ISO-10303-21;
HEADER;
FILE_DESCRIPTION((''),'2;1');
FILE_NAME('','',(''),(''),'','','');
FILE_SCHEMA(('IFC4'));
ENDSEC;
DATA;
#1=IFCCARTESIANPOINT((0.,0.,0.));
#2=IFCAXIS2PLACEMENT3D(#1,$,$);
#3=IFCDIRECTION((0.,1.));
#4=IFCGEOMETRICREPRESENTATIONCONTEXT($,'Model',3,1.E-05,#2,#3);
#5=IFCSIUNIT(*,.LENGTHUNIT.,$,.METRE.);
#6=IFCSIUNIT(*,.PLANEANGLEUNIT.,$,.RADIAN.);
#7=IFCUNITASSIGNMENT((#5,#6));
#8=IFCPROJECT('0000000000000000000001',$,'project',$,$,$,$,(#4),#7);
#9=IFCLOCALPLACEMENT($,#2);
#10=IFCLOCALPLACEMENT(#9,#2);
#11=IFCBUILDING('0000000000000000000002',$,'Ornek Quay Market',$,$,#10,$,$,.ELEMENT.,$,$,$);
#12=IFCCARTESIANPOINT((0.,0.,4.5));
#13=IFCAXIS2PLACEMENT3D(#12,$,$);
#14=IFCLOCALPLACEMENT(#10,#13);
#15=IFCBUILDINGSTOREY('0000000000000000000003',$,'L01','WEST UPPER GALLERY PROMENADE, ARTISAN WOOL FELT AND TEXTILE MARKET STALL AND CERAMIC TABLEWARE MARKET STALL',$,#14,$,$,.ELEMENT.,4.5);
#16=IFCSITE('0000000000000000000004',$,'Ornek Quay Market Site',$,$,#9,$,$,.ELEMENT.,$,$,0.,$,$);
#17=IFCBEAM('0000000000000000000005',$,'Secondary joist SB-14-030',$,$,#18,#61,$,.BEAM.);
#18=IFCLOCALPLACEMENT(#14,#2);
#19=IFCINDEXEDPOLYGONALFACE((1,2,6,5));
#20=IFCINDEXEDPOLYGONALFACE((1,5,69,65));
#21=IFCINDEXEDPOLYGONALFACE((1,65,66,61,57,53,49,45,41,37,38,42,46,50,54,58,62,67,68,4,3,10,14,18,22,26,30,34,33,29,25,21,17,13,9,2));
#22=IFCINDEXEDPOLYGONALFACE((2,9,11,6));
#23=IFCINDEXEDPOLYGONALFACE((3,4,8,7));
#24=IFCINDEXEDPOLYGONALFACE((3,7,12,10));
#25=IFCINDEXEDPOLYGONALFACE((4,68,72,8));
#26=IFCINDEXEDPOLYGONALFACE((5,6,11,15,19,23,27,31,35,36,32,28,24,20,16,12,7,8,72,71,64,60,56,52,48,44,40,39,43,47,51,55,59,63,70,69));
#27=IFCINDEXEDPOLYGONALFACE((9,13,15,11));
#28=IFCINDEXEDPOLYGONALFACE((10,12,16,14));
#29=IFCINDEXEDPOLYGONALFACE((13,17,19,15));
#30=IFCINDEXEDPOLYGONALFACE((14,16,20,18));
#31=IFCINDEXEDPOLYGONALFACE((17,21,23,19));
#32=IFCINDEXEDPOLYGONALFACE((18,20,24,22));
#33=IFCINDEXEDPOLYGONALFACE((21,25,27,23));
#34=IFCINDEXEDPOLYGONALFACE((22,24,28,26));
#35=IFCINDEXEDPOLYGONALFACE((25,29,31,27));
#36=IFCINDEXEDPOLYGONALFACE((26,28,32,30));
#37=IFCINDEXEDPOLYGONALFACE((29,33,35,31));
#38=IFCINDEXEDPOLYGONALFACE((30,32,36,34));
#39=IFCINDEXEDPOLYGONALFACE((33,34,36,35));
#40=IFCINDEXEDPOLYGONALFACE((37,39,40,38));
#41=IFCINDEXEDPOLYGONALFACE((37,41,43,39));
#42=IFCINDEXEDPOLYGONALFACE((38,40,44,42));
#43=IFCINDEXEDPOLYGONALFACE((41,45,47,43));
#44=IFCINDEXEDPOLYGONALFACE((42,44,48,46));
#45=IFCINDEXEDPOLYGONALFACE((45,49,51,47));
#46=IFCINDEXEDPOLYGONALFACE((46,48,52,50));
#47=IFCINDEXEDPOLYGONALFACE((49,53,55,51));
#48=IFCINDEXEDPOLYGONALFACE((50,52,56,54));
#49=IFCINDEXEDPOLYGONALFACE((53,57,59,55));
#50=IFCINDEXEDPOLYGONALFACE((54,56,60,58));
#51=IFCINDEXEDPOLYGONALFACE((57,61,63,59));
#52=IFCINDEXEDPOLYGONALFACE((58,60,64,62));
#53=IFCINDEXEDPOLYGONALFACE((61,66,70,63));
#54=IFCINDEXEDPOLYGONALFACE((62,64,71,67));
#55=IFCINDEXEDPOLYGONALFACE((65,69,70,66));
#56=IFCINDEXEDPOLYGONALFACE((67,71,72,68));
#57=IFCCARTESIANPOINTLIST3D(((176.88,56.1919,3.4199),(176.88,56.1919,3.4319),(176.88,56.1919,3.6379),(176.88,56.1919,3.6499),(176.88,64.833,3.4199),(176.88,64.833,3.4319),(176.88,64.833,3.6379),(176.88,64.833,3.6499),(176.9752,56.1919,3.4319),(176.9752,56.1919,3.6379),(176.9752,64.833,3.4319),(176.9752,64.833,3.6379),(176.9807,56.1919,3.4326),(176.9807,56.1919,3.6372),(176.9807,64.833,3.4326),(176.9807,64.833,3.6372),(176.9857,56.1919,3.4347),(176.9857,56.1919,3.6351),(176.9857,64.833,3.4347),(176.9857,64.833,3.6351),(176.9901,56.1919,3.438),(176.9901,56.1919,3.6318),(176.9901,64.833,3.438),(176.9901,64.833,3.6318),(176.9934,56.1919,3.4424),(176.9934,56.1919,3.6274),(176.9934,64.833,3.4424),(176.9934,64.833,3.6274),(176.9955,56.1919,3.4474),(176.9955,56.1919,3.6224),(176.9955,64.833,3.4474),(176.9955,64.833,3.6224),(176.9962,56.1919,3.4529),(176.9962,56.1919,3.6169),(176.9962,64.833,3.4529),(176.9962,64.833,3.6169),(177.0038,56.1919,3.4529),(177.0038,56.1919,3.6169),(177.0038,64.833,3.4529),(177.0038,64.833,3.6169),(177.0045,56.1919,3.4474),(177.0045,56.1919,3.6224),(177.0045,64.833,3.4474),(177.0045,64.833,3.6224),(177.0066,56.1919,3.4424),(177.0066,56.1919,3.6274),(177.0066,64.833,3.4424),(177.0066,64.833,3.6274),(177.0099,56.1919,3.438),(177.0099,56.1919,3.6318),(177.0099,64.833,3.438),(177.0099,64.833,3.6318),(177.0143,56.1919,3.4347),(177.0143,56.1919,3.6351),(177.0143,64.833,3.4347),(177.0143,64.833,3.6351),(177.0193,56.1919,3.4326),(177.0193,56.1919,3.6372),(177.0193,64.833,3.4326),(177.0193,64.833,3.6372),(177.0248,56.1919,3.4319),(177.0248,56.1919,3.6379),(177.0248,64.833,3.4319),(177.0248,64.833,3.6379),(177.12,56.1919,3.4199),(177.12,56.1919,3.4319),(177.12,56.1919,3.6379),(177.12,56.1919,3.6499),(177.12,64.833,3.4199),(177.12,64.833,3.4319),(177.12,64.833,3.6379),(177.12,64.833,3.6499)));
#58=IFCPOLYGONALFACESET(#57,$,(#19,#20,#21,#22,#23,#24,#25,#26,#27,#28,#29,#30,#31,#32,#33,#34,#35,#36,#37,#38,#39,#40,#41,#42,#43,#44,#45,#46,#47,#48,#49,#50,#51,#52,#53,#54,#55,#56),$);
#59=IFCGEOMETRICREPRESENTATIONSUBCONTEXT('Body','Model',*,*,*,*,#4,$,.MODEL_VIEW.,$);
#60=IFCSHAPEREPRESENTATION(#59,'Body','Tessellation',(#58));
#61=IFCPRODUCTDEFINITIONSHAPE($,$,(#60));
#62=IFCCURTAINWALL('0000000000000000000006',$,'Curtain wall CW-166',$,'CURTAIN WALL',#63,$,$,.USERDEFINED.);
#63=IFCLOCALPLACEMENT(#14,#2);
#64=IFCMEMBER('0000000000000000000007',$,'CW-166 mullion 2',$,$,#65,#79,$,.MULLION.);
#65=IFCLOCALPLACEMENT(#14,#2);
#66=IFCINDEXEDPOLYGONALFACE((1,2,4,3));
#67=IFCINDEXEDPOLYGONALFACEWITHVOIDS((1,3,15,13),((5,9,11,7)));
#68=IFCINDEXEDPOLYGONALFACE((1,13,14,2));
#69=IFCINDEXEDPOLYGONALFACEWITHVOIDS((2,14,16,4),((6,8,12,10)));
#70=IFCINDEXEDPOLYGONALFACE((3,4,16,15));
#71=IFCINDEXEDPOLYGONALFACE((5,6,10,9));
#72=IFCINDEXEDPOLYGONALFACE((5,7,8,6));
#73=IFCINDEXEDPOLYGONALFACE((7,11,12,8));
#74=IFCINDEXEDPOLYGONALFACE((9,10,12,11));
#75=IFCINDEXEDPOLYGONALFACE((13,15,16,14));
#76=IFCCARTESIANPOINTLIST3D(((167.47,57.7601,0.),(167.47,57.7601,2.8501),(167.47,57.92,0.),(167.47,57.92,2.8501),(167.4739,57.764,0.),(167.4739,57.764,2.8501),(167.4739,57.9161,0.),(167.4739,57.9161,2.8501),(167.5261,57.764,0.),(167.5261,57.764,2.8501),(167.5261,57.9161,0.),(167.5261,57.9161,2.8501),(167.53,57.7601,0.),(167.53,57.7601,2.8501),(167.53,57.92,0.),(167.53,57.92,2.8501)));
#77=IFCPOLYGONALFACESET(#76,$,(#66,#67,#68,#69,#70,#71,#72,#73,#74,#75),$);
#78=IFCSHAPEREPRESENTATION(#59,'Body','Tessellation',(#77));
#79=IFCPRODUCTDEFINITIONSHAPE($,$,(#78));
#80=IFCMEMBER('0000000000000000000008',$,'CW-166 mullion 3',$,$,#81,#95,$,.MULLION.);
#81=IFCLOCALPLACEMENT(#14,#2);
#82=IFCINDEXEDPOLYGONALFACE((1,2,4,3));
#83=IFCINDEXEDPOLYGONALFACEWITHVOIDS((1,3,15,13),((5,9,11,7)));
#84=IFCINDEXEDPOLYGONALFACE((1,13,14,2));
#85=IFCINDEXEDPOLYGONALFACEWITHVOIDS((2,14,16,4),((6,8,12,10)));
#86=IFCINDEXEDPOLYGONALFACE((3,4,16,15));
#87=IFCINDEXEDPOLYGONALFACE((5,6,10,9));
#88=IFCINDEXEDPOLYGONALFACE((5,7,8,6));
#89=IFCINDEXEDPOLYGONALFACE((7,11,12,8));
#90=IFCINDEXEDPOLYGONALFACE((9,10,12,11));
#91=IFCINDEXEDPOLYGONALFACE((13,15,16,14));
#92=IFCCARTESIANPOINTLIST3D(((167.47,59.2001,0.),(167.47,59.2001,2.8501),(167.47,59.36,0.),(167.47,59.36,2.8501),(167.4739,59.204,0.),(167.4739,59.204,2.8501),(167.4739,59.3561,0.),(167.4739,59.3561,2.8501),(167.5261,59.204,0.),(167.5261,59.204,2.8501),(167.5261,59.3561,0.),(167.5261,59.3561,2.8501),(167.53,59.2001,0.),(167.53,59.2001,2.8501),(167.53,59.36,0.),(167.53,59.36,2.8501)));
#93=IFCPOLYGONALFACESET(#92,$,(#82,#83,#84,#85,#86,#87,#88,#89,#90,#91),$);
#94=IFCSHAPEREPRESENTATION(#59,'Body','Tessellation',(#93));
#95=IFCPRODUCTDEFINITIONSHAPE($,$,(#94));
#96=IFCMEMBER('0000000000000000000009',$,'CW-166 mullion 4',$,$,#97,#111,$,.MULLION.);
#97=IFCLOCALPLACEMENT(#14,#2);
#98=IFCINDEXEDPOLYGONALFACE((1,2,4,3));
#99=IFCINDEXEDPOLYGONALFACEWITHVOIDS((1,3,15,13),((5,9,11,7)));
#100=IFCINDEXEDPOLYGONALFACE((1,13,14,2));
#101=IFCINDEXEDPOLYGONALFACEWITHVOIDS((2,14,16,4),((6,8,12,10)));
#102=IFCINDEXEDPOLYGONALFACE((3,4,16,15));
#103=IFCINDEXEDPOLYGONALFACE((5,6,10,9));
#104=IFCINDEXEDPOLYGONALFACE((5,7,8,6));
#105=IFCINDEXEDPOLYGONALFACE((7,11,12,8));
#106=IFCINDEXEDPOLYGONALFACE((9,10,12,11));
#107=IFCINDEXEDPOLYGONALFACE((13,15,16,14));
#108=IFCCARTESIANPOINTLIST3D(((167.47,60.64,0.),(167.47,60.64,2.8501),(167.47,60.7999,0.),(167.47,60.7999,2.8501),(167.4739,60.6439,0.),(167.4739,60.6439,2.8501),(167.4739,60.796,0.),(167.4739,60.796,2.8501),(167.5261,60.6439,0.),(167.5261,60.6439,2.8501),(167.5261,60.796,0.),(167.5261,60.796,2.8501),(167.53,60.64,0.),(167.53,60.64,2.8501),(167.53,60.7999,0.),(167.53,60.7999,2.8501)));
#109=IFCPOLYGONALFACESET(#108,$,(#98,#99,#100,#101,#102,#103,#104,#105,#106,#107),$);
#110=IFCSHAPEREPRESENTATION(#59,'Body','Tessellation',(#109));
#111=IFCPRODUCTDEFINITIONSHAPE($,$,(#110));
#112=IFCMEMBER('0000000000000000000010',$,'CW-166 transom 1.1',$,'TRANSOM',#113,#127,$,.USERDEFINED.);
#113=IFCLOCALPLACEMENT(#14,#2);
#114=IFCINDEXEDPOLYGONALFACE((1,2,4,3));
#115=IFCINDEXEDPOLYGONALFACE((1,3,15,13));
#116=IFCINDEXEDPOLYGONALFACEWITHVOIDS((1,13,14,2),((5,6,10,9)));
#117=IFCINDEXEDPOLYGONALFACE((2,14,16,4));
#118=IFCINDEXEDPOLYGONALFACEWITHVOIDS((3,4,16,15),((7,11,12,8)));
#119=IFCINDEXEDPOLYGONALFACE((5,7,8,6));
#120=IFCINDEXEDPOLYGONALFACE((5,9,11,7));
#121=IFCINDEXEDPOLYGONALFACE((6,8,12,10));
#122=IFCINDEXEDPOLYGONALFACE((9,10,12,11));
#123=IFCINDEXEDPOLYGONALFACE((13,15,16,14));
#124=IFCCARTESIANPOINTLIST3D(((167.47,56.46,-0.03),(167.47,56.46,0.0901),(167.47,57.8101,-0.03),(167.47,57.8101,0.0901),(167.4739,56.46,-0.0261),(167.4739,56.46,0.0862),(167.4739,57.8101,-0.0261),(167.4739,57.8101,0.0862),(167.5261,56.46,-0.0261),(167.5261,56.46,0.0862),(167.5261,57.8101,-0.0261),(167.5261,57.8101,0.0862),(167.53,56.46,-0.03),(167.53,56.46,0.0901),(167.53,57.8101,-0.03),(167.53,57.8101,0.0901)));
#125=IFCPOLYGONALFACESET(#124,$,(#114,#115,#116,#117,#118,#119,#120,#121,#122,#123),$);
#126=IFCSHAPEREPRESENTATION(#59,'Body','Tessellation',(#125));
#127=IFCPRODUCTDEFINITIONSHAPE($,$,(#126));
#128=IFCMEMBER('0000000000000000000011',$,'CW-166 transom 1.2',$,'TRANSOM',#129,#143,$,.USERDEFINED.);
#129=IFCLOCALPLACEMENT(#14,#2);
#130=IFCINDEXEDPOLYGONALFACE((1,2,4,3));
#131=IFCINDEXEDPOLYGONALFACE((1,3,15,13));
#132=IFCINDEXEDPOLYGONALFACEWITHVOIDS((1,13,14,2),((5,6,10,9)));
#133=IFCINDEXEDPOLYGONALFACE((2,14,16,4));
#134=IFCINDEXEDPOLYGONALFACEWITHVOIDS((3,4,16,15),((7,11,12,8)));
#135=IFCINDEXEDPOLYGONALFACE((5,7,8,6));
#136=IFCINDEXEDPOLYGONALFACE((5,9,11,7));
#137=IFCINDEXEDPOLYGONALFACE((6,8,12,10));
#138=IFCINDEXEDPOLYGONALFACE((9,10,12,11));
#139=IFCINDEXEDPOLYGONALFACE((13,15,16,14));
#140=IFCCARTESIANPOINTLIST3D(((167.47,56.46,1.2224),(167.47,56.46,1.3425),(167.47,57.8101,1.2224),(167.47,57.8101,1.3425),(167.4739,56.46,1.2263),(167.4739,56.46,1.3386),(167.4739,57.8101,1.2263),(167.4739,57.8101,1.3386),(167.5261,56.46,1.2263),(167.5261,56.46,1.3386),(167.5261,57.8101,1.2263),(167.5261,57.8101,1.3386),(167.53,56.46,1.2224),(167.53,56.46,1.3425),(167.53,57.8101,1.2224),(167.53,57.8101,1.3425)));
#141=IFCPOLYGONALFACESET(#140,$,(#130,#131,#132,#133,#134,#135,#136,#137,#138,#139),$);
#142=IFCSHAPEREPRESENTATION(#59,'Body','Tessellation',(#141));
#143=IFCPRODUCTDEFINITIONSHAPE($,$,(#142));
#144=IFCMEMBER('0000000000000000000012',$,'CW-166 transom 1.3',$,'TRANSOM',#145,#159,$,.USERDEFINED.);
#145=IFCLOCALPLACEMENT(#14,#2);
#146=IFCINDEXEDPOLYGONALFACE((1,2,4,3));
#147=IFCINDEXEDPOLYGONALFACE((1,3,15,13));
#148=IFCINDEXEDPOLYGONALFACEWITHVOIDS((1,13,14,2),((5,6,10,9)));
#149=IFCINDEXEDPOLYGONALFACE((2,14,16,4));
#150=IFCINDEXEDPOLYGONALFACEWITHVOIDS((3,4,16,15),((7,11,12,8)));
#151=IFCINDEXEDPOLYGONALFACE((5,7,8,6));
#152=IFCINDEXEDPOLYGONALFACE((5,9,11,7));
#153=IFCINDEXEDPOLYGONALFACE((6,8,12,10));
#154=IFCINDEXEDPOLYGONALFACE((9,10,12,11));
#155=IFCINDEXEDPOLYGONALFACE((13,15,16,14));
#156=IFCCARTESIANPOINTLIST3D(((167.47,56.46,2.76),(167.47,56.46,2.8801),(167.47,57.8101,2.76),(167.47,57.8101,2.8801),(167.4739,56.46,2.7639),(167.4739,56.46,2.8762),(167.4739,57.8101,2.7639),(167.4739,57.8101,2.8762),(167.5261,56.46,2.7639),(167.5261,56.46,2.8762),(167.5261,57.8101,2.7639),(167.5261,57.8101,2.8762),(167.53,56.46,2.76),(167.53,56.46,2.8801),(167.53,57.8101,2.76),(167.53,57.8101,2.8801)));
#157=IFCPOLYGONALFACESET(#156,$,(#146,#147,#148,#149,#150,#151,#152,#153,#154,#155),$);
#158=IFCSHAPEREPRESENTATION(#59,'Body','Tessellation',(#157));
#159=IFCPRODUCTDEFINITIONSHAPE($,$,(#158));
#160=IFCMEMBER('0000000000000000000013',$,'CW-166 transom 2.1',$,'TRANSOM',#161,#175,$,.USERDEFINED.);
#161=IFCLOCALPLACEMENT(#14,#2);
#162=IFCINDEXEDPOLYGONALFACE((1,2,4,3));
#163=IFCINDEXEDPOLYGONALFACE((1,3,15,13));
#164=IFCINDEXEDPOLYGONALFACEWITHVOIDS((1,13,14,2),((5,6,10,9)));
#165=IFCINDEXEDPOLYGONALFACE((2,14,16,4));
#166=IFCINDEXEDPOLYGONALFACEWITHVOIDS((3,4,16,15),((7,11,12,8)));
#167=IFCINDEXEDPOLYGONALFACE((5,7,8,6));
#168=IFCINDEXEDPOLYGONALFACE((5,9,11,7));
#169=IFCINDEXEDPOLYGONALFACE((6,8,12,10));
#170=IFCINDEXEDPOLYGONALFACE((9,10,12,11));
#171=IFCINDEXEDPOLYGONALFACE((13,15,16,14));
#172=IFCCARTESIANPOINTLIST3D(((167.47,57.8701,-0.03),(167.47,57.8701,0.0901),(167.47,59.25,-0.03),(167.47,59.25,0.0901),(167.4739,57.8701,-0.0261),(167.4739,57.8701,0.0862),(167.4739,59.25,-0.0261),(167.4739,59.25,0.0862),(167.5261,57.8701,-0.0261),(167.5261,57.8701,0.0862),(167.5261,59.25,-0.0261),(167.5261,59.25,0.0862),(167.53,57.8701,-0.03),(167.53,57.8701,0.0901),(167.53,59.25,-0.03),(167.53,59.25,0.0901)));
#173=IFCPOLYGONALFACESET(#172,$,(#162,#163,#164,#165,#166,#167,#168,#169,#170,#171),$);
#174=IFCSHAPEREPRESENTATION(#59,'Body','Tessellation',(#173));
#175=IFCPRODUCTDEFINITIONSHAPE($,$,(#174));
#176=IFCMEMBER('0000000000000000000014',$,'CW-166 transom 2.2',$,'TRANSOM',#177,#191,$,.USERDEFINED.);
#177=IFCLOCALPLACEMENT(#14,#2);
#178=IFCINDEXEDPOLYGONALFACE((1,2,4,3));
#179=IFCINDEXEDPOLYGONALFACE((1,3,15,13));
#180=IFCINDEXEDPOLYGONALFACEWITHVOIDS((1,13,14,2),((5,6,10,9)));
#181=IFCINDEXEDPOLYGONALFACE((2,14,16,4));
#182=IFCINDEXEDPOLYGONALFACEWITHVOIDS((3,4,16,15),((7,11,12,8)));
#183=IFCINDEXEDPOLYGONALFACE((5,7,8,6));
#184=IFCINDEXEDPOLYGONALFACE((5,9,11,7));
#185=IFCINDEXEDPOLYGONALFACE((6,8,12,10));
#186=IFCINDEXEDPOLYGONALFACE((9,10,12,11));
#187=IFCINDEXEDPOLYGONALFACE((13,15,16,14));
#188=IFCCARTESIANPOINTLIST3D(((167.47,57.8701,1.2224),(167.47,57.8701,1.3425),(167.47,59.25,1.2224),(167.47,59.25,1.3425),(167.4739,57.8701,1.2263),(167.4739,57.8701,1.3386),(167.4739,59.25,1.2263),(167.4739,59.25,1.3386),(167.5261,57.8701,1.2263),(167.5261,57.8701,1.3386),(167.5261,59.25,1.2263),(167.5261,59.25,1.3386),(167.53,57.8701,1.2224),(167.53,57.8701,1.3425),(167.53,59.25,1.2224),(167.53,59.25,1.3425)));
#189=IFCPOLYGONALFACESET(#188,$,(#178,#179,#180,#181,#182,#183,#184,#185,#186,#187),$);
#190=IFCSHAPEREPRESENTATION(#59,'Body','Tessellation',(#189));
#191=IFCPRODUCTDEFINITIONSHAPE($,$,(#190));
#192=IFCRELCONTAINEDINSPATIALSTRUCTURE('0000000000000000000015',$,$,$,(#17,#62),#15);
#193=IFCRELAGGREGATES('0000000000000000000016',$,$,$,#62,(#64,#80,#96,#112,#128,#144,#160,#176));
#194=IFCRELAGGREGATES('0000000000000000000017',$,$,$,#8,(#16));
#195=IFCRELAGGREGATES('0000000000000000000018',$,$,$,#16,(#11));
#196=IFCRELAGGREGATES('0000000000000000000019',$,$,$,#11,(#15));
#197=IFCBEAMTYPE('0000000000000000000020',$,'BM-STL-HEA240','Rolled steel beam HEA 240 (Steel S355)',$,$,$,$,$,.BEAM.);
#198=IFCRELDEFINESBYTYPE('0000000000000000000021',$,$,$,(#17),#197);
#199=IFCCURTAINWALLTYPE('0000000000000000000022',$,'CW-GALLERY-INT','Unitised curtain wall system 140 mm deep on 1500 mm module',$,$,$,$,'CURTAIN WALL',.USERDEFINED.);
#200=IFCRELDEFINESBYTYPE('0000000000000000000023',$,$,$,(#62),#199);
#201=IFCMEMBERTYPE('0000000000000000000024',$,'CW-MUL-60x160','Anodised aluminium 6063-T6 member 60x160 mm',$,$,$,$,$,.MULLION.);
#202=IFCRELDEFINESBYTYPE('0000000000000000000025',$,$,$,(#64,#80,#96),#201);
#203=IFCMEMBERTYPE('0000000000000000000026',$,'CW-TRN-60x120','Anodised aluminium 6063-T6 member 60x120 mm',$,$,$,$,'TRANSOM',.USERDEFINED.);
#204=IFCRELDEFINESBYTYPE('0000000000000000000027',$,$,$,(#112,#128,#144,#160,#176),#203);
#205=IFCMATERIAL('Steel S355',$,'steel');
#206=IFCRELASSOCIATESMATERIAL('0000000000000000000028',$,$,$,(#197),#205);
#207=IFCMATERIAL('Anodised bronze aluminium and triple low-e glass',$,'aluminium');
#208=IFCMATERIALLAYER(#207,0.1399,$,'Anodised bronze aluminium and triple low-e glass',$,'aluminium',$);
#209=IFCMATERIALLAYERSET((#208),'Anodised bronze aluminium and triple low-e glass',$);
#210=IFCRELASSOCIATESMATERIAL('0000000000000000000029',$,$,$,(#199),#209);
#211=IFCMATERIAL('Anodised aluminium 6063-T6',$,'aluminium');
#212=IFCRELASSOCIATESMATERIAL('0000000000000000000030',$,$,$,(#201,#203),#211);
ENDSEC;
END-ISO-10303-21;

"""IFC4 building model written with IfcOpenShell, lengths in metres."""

from ifc_helpers import new_model, si_unit, direction, frame, origin, origin_2d, place, context, subcontext, project, spatial, hollow_rectangle, i_section, extrude, material, layer, layer_set, material_profile, profile_set, type_object, element, aggregate, save


model = new_model("IFC4")

# Units and contexts
model_context = context("Model", 3, precision=1e-05, world=origin(), true_north=direction((0.0, 1.0)))
body_context = subcontext(model_context, "Body", "Model", "MODEL_VIEW")
ifc_project = project(units=[si_unit("LENGTHUNIT", "METRE"), si_unit("PLANEANGLEUNIT", "RADIAN")], contexts=[model_context])

# Site, building, storey
site_placement = place(None, origin())
site = spatial("IfcSite", under=ifc_project, at=site_placement, Name="Ornek Quay Market Site", CompositionType="ELEMENT", RefElevation=0.0)
building_placement = place(site_placement, origin())
building = spatial("IfcBuilding", under=site, at=building_placement, Name="Ornek Quay Market", CompositionType="ELEMENT")
storey_placement = place(building_placement, frame((0.0, 0.0, 4.5)))
storey = spatial("IfcBuildingStorey", under=building, at=storey_placement, Name="L01", Description="WEST UPPER GALLERY PROMENADE, ARTISAN WOOL FELT AND TEXTILE MARKET STALL AND CERAMIC TABLEWARE MARKET STALL", CompositionType="ELEMENT", Elevation=4.5)

# Beam
ifc_material_1 = material(Name="Steel S355", Category="steel")
ifc_material_profile_1 = material_profile(ifc_material_1, i_section(OverallWidth=0.24, OverallDepth=0.23, WebThickness=0.0076, FlangeThickness=0.012, FilletRadius=0.021, at=origin_2d()), Name="HEA 240", Category="steel")
ifc_profile_set_1 = profile_set([ifc_material_profile_1], Name="Steel S355")
beam_type_1 = type_object("IfcBeamType", Name="BM-STL-HEA240", Description="Rolled steel beam HEA 240 (Steel S355)", PredefinedType="BEAM", material=ifc_profile_set_1)
for number, where, z_axis, x_axis, name in (
    (1, (177.0, 56.1919, 3.5349), (0.0, 1.0, 0.0), (-1.0, 0.0, 0.0), "Secondary joist SB-14-030"),
):
    element("IfcBeam", number, at=place(storey_placement, frame(where, z_axis=z_axis, x_axis=x_axis)), inside=storey, type_object=beam_type_1, Name=name, PredefinedType="BEAM", context=body_context, shape_type="SweptSolid", body=[
        extrude(i_section(OverallWidth=0.24, OverallDepth=0.23, WebThickness=0.0076, FlangeThickness=0.012, FilletRadius=0.021, at=origin_2d()), origin(), (0.0, 0.0, 1.0), 8.6411),
    ])

# Curtain wall, members
ifc_material_2 = material(Name="Anodised bronze aluminium and triple low-e glass", Category="aluminium")
ifc_layer_1 = layer(ifc_material_2, 0.1399, Name="Anodised bronze aluminium and triple low-e glass", Category="aluminium")
ifc_layer_set_1 = layer_set([ifc_layer_1], Name="Anodised bronze aluminium and triple low-e glass")
curtain_wall_type = type_object("IfcCurtainWallType", Name="CW-GALLERY-INT", Description="Unitised curtain wall system 140 mm deep on 1500 mm module", ElementType="CURTAIN WALL", PredefinedType="USERDEFINED", material=ifc_layer_set_1)
curtain_wall_placement = place(storey_placement, origin())
curtain_wall = element("IfcCurtainWall", 2, at=curtain_wall_placement, inside=storey, type_object=curtain_wall_type, Name="Curtain wall CW-166", ObjectType="CURTAIN WALL", PredefinedType="USERDEFINED")
ifc_material_3 = material(Name="Anodised aluminium 6063-T6", Category="aluminium")
ifc_material_profile_2 = material_profile(ifc_material_3, hollow_rectangle(XDim=0.0601, YDim=0.1599, WallThickness=0.0039, at=origin_2d()), Name="CW-MUL-60x160", Category="aluminium")
ifc_profile_set_2 = profile_set([ifc_material_profile_2], Name="Anodised aluminium 6063-T6")
member_type_1 = type_object("IfcMemberType", Name="CW-MUL-60x160", Description="Anodised aluminium 6063-T6 member 60x160 mm", PredefinedType="MULLION", material=ifc_profile_set_2)
member_1_placement = place(storey_placement, frame((167.5, 57.8401, 0.0), z_axis=(0.0, 0.0, 1.0), x_axis=(-1.0, 0.0, 0.0)))
member_1 = element("IfcMember", 3, at=member_1_placement, type_object=member_type_1, Name="CW-166 mullion 2", PredefinedType="MULLION", context=body_context, shape_type="SweptSolid", body=[
    extrude(hollow_rectangle(XDim=0.0601, YDim=0.1599, WallThickness=0.0039, at=origin_2d()), origin(), (0.0, 0.0, 1.0), 2.8501),
])
member_2_placement = place(storey_placement, frame((167.5, 59.28, 0.0), z_axis=(0.0, 0.0, 1.0), x_axis=(-1.0, 0.0, 0.0)))
member_2 = element("IfcMember", 4, at=member_2_placement, type_object=member_type_1, Name="CW-166 mullion 3", PredefinedType="MULLION", context=body_context, shape_type="SweptSolid", body=[
    extrude(hollow_rectangle(XDim=0.0601, YDim=0.1599, WallThickness=0.0039, at=origin_2d()), origin(), (0.0, 0.0, 1.0), 2.8501),
])
member_3_placement = place(storey_placement, frame((167.5, 60.72, 0.0), z_axis=(0.0, 0.0, 1.0), x_axis=(-1.0, 0.0, 0.0)))
member_3 = element("IfcMember", 5, at=member_3_placement, type_object=member_type_1, Name="CW-166 mullion 4", PredefinedType="MULLION", context=body_context, shape_type="SweptSolid", body=[
    extrude(hollow_rectangle(XDim=0.0601, YDim=0.1599, WallThickness=0.0039, at=origin_2d()), origin(), (0.0, 0.0, 1.0), 2.8501),
])
ifc_material_profile_3 = material_profile(ifc_material_3, hollow_rectangle(XDim=0.0601, YDim=0.1201, WallThickness=0.0039, at=origin_2d()), Name="CW-TRN-60x120", Category="aluminium")
ifc_profile_set_3 = profile_set([ifc_material_profile_3], Name="Anodised aluminium 6063-T6")
member_type_2 = type_object("IfcMemberType", Name="CW-TRN-60x120", Description="Anodised aluminium 6063-T6 member 60x120 mm", ElementType="TRANSOM", PredefinedType="USERDEFINED", material=ifc_profile_set_3)
member_4_placement = place(storey_placement, frame((167.5, 56.46, 0.03), z_axis=(0.0, 1.0, 0.0), x_axis=(-1.0, 0.0, 0.0)))
member_4 = element("IfcMember", 6, at=member_4_placement, type_object=member_type_2, Name="CW-166 transom 1.1", ObjectType="TRANSOM", PredefinedType="USERDEFINED", context=body_context, shape_type="SweptSolid", body=[
    extrude(hollow_rectangle(XDim=0.0601, YDim=0.1201, WallThickness=0.0039, at=origin_2d()), origin(), (0.0, 0.0, 1.0), 1.3501),
])
member_5_placement = place(storey_placement, frame((167.5, 56.46, 1.2825), z_axis=(0.0, 1.0, 0.0), x_axis=(-1.0, 0.0, 0.0)))
member_5 = element("IfcMember", 7, at=member_5_placement, type_object=member_type_2, Name="CW-166 transom 1.2", ObjectType="TRANSOM", PredefinedType="USERDEFINED", context=body_context, shape_type="SweptSolid", body=[
    extrude(hollow_rectangle(XDim=0.0601, YDim=0.1201, WallThickness=0.0039, at=origin_2d()), origin(), (0.0, 0.0, 1.0), 1.3501),
])
member_6_placement = place(storey_placement, frame((167.5, 56.46, 2.8201), z_axis=(0.0, 1.0, 0.0), x_axis=(-1.0, 0.0, 0.0)))
member_6 = element("IfcMember", 8, at=member_6_placement, type_object=member_type_2, Name="CW-166 transom 1.3", ObjectType="TRANSOM", PredefinedType="USERDEFINED", context=body_context, shape_type="SweptSolid", body=[
    extrude(hollow_rectangle(XDim=0.0601, YDim=0.1201, WallThickness=0.0039, at=origin_2d()), origin(), (0.0, 0.0, 1.0), 1.3501),
])
member_7_placement = place(storey_placement, frame((167.5, 57.8701, 0.03), z_axis=(0.0, 1.0, 0.0), x_axis=(-1.0, 0.0, 0.0)))
member_7 = element("IfcMember", 9, at=member_7_placement, type_object=member_type_2, Name="CW-166 transom 2.1", ObjectType="TRANSOM", PredefinedType="USERDEFINED", context=body_context, shape_type="SweptSolid", body=[
    extrude(hollow_rectangle(XDim=0.0601, YDim=0.1201, WallThickness=0.0039, at=origin_2d()), origin(), (0.0, 0.0, 1.0), 1.3799),
])
member_8_placement = place(storey_placement, frame((167.5, 57.8701, 1.2825), z_axis=(0.0, 1.0, 0.0), x_axis=(-1.0, 0.0, 0.0)))
member_8 = element("IfcMember", 10, at=member_8_placement, type_object=member_type_2, Name="CW-166 transom 2.2", ObjectType="TRANSOM", PredefinedType="USERDEFINED", context=body_context, shape_type="SweptSolid", body=[
    extrude(hollow_rectangle(XDim=0.0601, YDim=0.1201, WallThickness=0.0039, at=origin_2d()), origin(), (0.0, 0.0, 1.0), 1.3799),
])
aggregate(curtain_wall, [member_1, member_2, member_3, member_4, member_5, member_6, member_7, member_8])

save(model, "model.ifc")
